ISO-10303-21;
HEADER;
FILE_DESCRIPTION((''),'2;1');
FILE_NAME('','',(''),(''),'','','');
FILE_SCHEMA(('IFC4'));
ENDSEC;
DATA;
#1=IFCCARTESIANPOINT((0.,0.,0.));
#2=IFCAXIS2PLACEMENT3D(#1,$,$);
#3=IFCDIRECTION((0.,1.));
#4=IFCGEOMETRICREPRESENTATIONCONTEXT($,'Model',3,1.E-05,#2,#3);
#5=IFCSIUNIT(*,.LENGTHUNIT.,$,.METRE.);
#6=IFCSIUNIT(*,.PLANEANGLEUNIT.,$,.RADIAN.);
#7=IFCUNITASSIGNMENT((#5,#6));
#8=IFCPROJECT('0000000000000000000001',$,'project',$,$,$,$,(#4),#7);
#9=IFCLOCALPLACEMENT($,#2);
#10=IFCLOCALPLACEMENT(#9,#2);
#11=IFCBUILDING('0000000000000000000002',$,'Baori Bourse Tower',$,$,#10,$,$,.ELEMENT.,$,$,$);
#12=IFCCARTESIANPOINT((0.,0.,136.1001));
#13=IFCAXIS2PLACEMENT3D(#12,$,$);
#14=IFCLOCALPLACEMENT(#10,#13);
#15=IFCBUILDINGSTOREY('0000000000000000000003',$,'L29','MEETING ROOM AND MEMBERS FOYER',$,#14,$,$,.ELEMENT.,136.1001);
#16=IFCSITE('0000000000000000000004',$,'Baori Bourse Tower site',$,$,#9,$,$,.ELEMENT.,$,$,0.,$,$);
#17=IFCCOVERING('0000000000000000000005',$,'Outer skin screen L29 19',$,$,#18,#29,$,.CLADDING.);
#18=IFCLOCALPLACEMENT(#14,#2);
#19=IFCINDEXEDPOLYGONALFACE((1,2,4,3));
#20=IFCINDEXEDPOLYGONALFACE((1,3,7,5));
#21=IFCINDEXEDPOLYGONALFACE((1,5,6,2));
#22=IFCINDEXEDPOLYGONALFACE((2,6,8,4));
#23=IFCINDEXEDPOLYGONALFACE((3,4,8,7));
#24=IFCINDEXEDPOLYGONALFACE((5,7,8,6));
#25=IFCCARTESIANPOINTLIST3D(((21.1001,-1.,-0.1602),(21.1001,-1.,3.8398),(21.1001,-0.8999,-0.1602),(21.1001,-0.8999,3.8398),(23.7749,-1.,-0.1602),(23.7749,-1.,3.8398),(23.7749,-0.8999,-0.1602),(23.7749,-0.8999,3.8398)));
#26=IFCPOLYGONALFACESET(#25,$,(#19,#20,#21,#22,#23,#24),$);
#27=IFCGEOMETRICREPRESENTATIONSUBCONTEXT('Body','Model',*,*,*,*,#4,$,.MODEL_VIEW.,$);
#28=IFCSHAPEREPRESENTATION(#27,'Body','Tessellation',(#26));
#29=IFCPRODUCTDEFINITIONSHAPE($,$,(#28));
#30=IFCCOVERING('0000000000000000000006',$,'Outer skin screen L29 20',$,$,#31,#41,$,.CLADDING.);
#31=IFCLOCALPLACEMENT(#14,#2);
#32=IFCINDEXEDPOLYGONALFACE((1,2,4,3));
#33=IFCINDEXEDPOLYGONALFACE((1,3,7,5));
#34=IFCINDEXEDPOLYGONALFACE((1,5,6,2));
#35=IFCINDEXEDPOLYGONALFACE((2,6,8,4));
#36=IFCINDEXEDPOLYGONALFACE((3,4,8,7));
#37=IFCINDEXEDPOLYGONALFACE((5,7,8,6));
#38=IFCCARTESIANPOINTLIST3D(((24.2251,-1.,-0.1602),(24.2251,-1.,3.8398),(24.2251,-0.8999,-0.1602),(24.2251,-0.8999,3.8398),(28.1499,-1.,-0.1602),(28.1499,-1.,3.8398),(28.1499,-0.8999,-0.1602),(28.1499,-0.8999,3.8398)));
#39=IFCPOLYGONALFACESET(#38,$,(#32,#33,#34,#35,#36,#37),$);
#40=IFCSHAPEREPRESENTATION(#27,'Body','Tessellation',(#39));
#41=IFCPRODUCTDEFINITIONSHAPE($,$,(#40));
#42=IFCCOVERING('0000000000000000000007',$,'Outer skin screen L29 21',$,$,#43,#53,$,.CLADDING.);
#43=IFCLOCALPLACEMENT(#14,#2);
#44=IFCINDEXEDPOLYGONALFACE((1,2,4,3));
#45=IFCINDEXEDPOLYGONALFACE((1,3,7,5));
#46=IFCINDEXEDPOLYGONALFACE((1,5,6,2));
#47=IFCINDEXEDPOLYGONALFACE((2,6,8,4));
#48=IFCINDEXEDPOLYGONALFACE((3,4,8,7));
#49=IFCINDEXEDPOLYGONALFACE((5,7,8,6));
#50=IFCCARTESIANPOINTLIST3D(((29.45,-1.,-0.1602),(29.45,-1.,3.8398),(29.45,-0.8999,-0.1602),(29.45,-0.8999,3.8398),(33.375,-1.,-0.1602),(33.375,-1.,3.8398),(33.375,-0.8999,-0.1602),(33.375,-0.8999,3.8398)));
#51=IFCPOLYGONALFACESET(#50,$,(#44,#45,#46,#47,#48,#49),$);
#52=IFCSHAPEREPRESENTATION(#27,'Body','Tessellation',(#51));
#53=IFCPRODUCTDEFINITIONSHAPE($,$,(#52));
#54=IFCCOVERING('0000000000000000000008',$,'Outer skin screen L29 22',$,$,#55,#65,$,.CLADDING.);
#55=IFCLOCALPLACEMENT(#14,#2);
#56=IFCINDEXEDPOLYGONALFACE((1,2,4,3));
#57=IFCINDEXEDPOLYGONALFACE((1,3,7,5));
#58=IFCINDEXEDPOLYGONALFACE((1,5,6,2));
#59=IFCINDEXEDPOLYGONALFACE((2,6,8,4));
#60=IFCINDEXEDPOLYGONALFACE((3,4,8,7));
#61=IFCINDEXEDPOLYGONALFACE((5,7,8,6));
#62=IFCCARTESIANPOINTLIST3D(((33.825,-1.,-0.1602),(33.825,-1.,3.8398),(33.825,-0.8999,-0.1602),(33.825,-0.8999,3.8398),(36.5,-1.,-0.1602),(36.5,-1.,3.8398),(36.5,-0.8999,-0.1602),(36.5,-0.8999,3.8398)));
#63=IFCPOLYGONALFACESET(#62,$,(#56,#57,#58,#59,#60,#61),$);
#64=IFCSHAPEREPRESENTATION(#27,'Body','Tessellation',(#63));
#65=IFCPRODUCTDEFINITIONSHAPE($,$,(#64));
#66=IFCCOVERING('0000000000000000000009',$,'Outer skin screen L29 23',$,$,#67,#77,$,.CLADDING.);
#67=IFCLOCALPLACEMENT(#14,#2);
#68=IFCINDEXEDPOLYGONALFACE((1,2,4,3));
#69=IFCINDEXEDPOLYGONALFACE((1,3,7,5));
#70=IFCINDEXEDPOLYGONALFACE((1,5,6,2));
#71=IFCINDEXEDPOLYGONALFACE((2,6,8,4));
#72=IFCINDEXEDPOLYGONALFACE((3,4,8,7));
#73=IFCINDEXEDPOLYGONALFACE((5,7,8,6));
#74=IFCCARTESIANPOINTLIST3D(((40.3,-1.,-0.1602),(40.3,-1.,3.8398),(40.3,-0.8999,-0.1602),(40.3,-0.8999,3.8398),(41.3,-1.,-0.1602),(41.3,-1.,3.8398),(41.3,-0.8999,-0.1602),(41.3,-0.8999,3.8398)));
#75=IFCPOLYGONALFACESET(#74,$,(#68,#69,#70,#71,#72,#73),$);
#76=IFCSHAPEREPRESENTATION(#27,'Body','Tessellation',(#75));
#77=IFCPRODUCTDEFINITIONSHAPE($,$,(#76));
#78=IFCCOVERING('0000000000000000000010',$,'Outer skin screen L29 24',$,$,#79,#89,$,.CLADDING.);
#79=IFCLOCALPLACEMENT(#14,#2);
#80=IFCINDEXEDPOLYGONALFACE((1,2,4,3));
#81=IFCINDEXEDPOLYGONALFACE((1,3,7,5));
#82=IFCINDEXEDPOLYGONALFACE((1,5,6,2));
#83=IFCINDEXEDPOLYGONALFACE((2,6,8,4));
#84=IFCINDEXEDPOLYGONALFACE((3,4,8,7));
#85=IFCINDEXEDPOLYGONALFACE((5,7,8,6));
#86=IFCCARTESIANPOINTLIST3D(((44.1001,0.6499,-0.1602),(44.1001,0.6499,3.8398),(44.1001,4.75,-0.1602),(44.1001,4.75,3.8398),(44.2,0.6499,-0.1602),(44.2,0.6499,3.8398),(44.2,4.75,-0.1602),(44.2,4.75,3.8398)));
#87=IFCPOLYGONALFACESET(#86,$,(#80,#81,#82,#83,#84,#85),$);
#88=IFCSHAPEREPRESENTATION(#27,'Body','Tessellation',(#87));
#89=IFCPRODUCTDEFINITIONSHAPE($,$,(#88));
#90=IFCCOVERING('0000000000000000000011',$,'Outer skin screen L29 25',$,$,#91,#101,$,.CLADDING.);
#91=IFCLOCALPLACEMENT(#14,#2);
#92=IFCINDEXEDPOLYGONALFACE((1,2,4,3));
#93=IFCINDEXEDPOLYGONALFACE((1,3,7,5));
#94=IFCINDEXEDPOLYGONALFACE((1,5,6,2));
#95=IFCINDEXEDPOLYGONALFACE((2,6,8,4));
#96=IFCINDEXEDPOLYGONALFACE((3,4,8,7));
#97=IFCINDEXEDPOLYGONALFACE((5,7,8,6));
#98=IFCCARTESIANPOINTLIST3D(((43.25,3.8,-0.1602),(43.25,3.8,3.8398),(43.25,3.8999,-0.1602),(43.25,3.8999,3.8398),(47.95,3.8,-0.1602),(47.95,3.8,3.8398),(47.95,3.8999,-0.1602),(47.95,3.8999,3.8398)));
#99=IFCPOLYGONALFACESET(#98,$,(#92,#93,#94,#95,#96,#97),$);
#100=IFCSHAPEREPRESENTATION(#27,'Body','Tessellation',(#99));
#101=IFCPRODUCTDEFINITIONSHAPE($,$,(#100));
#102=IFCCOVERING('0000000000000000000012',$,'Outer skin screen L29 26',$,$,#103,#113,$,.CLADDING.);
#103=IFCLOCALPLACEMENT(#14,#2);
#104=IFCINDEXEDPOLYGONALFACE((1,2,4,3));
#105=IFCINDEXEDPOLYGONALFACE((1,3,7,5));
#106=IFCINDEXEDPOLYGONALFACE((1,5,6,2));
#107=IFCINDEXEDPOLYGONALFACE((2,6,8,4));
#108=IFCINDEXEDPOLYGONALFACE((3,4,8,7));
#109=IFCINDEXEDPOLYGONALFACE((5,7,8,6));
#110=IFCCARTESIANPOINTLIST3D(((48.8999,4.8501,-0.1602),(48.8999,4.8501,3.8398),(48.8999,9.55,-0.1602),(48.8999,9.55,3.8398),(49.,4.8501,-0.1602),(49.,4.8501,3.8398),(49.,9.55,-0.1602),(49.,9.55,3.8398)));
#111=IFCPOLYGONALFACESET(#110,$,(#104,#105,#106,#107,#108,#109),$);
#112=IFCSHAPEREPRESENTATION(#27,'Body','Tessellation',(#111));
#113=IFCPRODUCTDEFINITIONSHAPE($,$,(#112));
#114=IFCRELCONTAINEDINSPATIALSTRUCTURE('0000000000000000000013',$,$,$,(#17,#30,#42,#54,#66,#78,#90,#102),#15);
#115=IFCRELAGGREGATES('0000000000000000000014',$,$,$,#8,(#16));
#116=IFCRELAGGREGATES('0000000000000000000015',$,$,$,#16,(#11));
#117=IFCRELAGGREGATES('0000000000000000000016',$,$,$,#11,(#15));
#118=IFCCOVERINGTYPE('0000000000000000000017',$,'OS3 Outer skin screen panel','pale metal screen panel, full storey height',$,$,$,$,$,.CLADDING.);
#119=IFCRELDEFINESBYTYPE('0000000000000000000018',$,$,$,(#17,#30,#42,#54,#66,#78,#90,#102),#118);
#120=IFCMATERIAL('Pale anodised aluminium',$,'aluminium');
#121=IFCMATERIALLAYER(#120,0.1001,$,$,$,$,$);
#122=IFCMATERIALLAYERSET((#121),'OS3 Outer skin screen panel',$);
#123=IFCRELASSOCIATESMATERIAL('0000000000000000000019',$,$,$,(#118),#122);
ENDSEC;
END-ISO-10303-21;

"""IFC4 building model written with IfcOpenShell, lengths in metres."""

from ifc_helpers import new_model, si_unit, direction, frame, origin, place, context, subcontext, project, spatial, polyline, outline, extrude, material, layer, layer_set, type_object, element, save


model = new_model("IFC4")

# Units and contexts
model_context = context("Model", 3, precision=1e-05, world=origin(), true_north=direction((0.0, 1.0)))
body_context = subcontext(model_context, "Body", "Model", "MODEL_VIEW")
ifc_project = project(units=[si_unit("LENGTHUNIT", "METRE"), si_unit("PLANEANGLEUNIT", "RADIAN")], contexts=[model_context])

# Site, building, storey
site_placement = place(None, origin())
site = spatial("IfcSite", under=ifc_project, at=site_placement, Name="Baori Bourse Tower site", CompositionType="ELEMENT", RefElevation=0.0)
building_placement = place(site_placement, origin())
building = spatial("IfcBuilding", under=site, at=building_placement, Name="Baori Bourse Tower", CompositionType="ELEMENT")
storey_placement = place(building_placement, frame((0.0, 0.0, 136.1001)))
storey = spatial("IfcBuildingStorey", under=building, at=storey_placement, Name="L29", Description="MEETING ROOM AND MEMBERS FOYER", CompositionType="ELEMENT", Elevation=136.1001)

# Coverings
ifc_material_1 = material(Name="Pale anodised aluminium", Category="aluminium")
ifc_layer_1 = layer(ifc_material_1, 0.1001)
ifc_layer_set_1 = layer_set([ifc_layer_1], Name="OS3 Outer skin screen panel")
covering_type = type_object("IfcCoveringType", Name="OS3 Outer skin screen panel", Description="pale metal screen panel, full storey height", PredefinedType="CLADDING", material=ifc_layer_set_1)
covering_1_placement = place(storey_placement, frame((0.0, 0.0, -0.1602)))
element("IfcCovering", 1, at=covering_1_placement, inside=storey, type_object=covering_type, Name="Outer skin screen L29 19", PredefinedType="CLADDING", context=body_context, shape_type="SweptSolid", body=[
    extrude(outline(polyline([(23.7749, -0.8999), (21.1001, -0.8999), (21.1001, -1.0), (23.7749, -1.0), (23.7749, -0.8999)])), origin(), (0.0, 0.0, 1.0), 4.0),
])
covering_2_placement = place(storey_placement, frame((0.0, 0.0, -0.1602)))
element("IfcCovering", 2, at=covering_2_placement, inside=storey, type_object=covering_type, Name="Outer skin screen L29 20", PredefinedType="CLADDING", context=body_context, shape_type="SweptSolid", body=[
    extrude(outline(polyline([(28.1499, -0.8999), (24.2251, -0.8999), (24.2251, -1.0), (28.1499, -1.0), (28.1499, -0.8999)])), origin(), (0.0, 0.0, 1.0), 4.0),
])
covering_3_placement = place(storey_placement, frame((0.0, 0.0, -0.1602)))
element("IfcCovering", 3, at=covering_3_placement, inside=storey, type_object=covering_type, Name="Outer skin screen L29 21", PredefinedType="CLADDING", context=body_context, shape_type="SweptSolid", body=[
    extrude(outline(polyline([(33.375, -0.8999), (29.45, -0.8999), (29.45, -1.0), (33.375, -1.0), (33.375, -0.8999)])), origin(), (0.0, 0.0, 1.0), 4.0),
])
covering_4_placement = place(storey_placement, frame((0.0, 0.0, -0.1602)))
element("IfcCovering", 4, at=covering_4_placement, inside=storey, type_object=covering_type, Name="Outer skin screen L29 22", PredefinedType="CLADDING", context=body_context, shape_type="SweptSolid", body=[
    extrude(outline(polyline([(36.5, -0.8999), (33.825, -0.8999), (33.825, -1.0), (36.5, -1.0), (36.5, -0.8999)])), origin(), (0.0, 0.0, 1.0), 4.0),
])
covering_5_placement = place(storey_placement, frame((0.0, 0.0, -0.1602)))
element("IfcCovering", 5, at=covering_5_placement, inside=storey, type_object=covering_type, Name="Outer skin screen L29 23", PredefinedType="CLADDING", context=body_context, shape_type="SweptSolid", body=[
    extrude(outline(polyline([(41.3, -0.8999), (40.3, -0.8999), (40.3, -1.0), (41.3, -1.0), (41.3, -0.8999)])), origin(), (0.0, 0.0, 1.0), 4.0),
])
covering_6_placement = place(storey_placement, frame((0.0, 0.0, -0.1602)))
element("IfcCovering", 6, at=covering_6_placement, inside=storey, type_object=covering_type, Name="Outer skin screen L29 24", PredefinedType="CLADDING", context=body_context, shape_type="SweptSolid", body=[
    extrude(outline(polyline([(44.1001, 4.75), (44.1001, 0.6499), (44.2, 0.6499), (44.2, 4.75), (44.1001, 4.75)])), origin(), (0.0, 0.0, 1.0), 4.0),
])
covering_7_placement = place(storey_placement, frame((0.0, 0.0, -0.1602)))
element("IfcCovering", 7, at=covering_7_placement, inside=storey, type_object=covering_type, Name="Outer skin screen L29 25", PredefinedType="CLADDING", context=body_context, shape_type="SweptSolid", body=[
    extrude(outline(polyline([(47.95, 3.8999), (43.25, 3.8999), (43.25, 3.8), (47.95, 3.8), (47.95, 3.8999)])), origin(), (0.0, 0.0, 1.0), 4.0),
])
covering_8_placement = place(storey_placement, frame((0.0, 0.0, -0.1602)))
element("IfcCovering", 8, at=covering_8_placement, inside=storey, type_object=covering_type, Name="Outer skin screen L29 26", PredefinedType="CLADDING", context=body_context, shape_type="SweptSolid", body=[
    extrude(outline(polyline([(48.8999, 9.55), (48.8999, 4.8501), (49.0, 4.8501), (49.0, 9.55), (48.8999, 9.55)])), origin(), (0.0, 0.0, 1.0), 4.0),
])

save(model, "model.ifc")
